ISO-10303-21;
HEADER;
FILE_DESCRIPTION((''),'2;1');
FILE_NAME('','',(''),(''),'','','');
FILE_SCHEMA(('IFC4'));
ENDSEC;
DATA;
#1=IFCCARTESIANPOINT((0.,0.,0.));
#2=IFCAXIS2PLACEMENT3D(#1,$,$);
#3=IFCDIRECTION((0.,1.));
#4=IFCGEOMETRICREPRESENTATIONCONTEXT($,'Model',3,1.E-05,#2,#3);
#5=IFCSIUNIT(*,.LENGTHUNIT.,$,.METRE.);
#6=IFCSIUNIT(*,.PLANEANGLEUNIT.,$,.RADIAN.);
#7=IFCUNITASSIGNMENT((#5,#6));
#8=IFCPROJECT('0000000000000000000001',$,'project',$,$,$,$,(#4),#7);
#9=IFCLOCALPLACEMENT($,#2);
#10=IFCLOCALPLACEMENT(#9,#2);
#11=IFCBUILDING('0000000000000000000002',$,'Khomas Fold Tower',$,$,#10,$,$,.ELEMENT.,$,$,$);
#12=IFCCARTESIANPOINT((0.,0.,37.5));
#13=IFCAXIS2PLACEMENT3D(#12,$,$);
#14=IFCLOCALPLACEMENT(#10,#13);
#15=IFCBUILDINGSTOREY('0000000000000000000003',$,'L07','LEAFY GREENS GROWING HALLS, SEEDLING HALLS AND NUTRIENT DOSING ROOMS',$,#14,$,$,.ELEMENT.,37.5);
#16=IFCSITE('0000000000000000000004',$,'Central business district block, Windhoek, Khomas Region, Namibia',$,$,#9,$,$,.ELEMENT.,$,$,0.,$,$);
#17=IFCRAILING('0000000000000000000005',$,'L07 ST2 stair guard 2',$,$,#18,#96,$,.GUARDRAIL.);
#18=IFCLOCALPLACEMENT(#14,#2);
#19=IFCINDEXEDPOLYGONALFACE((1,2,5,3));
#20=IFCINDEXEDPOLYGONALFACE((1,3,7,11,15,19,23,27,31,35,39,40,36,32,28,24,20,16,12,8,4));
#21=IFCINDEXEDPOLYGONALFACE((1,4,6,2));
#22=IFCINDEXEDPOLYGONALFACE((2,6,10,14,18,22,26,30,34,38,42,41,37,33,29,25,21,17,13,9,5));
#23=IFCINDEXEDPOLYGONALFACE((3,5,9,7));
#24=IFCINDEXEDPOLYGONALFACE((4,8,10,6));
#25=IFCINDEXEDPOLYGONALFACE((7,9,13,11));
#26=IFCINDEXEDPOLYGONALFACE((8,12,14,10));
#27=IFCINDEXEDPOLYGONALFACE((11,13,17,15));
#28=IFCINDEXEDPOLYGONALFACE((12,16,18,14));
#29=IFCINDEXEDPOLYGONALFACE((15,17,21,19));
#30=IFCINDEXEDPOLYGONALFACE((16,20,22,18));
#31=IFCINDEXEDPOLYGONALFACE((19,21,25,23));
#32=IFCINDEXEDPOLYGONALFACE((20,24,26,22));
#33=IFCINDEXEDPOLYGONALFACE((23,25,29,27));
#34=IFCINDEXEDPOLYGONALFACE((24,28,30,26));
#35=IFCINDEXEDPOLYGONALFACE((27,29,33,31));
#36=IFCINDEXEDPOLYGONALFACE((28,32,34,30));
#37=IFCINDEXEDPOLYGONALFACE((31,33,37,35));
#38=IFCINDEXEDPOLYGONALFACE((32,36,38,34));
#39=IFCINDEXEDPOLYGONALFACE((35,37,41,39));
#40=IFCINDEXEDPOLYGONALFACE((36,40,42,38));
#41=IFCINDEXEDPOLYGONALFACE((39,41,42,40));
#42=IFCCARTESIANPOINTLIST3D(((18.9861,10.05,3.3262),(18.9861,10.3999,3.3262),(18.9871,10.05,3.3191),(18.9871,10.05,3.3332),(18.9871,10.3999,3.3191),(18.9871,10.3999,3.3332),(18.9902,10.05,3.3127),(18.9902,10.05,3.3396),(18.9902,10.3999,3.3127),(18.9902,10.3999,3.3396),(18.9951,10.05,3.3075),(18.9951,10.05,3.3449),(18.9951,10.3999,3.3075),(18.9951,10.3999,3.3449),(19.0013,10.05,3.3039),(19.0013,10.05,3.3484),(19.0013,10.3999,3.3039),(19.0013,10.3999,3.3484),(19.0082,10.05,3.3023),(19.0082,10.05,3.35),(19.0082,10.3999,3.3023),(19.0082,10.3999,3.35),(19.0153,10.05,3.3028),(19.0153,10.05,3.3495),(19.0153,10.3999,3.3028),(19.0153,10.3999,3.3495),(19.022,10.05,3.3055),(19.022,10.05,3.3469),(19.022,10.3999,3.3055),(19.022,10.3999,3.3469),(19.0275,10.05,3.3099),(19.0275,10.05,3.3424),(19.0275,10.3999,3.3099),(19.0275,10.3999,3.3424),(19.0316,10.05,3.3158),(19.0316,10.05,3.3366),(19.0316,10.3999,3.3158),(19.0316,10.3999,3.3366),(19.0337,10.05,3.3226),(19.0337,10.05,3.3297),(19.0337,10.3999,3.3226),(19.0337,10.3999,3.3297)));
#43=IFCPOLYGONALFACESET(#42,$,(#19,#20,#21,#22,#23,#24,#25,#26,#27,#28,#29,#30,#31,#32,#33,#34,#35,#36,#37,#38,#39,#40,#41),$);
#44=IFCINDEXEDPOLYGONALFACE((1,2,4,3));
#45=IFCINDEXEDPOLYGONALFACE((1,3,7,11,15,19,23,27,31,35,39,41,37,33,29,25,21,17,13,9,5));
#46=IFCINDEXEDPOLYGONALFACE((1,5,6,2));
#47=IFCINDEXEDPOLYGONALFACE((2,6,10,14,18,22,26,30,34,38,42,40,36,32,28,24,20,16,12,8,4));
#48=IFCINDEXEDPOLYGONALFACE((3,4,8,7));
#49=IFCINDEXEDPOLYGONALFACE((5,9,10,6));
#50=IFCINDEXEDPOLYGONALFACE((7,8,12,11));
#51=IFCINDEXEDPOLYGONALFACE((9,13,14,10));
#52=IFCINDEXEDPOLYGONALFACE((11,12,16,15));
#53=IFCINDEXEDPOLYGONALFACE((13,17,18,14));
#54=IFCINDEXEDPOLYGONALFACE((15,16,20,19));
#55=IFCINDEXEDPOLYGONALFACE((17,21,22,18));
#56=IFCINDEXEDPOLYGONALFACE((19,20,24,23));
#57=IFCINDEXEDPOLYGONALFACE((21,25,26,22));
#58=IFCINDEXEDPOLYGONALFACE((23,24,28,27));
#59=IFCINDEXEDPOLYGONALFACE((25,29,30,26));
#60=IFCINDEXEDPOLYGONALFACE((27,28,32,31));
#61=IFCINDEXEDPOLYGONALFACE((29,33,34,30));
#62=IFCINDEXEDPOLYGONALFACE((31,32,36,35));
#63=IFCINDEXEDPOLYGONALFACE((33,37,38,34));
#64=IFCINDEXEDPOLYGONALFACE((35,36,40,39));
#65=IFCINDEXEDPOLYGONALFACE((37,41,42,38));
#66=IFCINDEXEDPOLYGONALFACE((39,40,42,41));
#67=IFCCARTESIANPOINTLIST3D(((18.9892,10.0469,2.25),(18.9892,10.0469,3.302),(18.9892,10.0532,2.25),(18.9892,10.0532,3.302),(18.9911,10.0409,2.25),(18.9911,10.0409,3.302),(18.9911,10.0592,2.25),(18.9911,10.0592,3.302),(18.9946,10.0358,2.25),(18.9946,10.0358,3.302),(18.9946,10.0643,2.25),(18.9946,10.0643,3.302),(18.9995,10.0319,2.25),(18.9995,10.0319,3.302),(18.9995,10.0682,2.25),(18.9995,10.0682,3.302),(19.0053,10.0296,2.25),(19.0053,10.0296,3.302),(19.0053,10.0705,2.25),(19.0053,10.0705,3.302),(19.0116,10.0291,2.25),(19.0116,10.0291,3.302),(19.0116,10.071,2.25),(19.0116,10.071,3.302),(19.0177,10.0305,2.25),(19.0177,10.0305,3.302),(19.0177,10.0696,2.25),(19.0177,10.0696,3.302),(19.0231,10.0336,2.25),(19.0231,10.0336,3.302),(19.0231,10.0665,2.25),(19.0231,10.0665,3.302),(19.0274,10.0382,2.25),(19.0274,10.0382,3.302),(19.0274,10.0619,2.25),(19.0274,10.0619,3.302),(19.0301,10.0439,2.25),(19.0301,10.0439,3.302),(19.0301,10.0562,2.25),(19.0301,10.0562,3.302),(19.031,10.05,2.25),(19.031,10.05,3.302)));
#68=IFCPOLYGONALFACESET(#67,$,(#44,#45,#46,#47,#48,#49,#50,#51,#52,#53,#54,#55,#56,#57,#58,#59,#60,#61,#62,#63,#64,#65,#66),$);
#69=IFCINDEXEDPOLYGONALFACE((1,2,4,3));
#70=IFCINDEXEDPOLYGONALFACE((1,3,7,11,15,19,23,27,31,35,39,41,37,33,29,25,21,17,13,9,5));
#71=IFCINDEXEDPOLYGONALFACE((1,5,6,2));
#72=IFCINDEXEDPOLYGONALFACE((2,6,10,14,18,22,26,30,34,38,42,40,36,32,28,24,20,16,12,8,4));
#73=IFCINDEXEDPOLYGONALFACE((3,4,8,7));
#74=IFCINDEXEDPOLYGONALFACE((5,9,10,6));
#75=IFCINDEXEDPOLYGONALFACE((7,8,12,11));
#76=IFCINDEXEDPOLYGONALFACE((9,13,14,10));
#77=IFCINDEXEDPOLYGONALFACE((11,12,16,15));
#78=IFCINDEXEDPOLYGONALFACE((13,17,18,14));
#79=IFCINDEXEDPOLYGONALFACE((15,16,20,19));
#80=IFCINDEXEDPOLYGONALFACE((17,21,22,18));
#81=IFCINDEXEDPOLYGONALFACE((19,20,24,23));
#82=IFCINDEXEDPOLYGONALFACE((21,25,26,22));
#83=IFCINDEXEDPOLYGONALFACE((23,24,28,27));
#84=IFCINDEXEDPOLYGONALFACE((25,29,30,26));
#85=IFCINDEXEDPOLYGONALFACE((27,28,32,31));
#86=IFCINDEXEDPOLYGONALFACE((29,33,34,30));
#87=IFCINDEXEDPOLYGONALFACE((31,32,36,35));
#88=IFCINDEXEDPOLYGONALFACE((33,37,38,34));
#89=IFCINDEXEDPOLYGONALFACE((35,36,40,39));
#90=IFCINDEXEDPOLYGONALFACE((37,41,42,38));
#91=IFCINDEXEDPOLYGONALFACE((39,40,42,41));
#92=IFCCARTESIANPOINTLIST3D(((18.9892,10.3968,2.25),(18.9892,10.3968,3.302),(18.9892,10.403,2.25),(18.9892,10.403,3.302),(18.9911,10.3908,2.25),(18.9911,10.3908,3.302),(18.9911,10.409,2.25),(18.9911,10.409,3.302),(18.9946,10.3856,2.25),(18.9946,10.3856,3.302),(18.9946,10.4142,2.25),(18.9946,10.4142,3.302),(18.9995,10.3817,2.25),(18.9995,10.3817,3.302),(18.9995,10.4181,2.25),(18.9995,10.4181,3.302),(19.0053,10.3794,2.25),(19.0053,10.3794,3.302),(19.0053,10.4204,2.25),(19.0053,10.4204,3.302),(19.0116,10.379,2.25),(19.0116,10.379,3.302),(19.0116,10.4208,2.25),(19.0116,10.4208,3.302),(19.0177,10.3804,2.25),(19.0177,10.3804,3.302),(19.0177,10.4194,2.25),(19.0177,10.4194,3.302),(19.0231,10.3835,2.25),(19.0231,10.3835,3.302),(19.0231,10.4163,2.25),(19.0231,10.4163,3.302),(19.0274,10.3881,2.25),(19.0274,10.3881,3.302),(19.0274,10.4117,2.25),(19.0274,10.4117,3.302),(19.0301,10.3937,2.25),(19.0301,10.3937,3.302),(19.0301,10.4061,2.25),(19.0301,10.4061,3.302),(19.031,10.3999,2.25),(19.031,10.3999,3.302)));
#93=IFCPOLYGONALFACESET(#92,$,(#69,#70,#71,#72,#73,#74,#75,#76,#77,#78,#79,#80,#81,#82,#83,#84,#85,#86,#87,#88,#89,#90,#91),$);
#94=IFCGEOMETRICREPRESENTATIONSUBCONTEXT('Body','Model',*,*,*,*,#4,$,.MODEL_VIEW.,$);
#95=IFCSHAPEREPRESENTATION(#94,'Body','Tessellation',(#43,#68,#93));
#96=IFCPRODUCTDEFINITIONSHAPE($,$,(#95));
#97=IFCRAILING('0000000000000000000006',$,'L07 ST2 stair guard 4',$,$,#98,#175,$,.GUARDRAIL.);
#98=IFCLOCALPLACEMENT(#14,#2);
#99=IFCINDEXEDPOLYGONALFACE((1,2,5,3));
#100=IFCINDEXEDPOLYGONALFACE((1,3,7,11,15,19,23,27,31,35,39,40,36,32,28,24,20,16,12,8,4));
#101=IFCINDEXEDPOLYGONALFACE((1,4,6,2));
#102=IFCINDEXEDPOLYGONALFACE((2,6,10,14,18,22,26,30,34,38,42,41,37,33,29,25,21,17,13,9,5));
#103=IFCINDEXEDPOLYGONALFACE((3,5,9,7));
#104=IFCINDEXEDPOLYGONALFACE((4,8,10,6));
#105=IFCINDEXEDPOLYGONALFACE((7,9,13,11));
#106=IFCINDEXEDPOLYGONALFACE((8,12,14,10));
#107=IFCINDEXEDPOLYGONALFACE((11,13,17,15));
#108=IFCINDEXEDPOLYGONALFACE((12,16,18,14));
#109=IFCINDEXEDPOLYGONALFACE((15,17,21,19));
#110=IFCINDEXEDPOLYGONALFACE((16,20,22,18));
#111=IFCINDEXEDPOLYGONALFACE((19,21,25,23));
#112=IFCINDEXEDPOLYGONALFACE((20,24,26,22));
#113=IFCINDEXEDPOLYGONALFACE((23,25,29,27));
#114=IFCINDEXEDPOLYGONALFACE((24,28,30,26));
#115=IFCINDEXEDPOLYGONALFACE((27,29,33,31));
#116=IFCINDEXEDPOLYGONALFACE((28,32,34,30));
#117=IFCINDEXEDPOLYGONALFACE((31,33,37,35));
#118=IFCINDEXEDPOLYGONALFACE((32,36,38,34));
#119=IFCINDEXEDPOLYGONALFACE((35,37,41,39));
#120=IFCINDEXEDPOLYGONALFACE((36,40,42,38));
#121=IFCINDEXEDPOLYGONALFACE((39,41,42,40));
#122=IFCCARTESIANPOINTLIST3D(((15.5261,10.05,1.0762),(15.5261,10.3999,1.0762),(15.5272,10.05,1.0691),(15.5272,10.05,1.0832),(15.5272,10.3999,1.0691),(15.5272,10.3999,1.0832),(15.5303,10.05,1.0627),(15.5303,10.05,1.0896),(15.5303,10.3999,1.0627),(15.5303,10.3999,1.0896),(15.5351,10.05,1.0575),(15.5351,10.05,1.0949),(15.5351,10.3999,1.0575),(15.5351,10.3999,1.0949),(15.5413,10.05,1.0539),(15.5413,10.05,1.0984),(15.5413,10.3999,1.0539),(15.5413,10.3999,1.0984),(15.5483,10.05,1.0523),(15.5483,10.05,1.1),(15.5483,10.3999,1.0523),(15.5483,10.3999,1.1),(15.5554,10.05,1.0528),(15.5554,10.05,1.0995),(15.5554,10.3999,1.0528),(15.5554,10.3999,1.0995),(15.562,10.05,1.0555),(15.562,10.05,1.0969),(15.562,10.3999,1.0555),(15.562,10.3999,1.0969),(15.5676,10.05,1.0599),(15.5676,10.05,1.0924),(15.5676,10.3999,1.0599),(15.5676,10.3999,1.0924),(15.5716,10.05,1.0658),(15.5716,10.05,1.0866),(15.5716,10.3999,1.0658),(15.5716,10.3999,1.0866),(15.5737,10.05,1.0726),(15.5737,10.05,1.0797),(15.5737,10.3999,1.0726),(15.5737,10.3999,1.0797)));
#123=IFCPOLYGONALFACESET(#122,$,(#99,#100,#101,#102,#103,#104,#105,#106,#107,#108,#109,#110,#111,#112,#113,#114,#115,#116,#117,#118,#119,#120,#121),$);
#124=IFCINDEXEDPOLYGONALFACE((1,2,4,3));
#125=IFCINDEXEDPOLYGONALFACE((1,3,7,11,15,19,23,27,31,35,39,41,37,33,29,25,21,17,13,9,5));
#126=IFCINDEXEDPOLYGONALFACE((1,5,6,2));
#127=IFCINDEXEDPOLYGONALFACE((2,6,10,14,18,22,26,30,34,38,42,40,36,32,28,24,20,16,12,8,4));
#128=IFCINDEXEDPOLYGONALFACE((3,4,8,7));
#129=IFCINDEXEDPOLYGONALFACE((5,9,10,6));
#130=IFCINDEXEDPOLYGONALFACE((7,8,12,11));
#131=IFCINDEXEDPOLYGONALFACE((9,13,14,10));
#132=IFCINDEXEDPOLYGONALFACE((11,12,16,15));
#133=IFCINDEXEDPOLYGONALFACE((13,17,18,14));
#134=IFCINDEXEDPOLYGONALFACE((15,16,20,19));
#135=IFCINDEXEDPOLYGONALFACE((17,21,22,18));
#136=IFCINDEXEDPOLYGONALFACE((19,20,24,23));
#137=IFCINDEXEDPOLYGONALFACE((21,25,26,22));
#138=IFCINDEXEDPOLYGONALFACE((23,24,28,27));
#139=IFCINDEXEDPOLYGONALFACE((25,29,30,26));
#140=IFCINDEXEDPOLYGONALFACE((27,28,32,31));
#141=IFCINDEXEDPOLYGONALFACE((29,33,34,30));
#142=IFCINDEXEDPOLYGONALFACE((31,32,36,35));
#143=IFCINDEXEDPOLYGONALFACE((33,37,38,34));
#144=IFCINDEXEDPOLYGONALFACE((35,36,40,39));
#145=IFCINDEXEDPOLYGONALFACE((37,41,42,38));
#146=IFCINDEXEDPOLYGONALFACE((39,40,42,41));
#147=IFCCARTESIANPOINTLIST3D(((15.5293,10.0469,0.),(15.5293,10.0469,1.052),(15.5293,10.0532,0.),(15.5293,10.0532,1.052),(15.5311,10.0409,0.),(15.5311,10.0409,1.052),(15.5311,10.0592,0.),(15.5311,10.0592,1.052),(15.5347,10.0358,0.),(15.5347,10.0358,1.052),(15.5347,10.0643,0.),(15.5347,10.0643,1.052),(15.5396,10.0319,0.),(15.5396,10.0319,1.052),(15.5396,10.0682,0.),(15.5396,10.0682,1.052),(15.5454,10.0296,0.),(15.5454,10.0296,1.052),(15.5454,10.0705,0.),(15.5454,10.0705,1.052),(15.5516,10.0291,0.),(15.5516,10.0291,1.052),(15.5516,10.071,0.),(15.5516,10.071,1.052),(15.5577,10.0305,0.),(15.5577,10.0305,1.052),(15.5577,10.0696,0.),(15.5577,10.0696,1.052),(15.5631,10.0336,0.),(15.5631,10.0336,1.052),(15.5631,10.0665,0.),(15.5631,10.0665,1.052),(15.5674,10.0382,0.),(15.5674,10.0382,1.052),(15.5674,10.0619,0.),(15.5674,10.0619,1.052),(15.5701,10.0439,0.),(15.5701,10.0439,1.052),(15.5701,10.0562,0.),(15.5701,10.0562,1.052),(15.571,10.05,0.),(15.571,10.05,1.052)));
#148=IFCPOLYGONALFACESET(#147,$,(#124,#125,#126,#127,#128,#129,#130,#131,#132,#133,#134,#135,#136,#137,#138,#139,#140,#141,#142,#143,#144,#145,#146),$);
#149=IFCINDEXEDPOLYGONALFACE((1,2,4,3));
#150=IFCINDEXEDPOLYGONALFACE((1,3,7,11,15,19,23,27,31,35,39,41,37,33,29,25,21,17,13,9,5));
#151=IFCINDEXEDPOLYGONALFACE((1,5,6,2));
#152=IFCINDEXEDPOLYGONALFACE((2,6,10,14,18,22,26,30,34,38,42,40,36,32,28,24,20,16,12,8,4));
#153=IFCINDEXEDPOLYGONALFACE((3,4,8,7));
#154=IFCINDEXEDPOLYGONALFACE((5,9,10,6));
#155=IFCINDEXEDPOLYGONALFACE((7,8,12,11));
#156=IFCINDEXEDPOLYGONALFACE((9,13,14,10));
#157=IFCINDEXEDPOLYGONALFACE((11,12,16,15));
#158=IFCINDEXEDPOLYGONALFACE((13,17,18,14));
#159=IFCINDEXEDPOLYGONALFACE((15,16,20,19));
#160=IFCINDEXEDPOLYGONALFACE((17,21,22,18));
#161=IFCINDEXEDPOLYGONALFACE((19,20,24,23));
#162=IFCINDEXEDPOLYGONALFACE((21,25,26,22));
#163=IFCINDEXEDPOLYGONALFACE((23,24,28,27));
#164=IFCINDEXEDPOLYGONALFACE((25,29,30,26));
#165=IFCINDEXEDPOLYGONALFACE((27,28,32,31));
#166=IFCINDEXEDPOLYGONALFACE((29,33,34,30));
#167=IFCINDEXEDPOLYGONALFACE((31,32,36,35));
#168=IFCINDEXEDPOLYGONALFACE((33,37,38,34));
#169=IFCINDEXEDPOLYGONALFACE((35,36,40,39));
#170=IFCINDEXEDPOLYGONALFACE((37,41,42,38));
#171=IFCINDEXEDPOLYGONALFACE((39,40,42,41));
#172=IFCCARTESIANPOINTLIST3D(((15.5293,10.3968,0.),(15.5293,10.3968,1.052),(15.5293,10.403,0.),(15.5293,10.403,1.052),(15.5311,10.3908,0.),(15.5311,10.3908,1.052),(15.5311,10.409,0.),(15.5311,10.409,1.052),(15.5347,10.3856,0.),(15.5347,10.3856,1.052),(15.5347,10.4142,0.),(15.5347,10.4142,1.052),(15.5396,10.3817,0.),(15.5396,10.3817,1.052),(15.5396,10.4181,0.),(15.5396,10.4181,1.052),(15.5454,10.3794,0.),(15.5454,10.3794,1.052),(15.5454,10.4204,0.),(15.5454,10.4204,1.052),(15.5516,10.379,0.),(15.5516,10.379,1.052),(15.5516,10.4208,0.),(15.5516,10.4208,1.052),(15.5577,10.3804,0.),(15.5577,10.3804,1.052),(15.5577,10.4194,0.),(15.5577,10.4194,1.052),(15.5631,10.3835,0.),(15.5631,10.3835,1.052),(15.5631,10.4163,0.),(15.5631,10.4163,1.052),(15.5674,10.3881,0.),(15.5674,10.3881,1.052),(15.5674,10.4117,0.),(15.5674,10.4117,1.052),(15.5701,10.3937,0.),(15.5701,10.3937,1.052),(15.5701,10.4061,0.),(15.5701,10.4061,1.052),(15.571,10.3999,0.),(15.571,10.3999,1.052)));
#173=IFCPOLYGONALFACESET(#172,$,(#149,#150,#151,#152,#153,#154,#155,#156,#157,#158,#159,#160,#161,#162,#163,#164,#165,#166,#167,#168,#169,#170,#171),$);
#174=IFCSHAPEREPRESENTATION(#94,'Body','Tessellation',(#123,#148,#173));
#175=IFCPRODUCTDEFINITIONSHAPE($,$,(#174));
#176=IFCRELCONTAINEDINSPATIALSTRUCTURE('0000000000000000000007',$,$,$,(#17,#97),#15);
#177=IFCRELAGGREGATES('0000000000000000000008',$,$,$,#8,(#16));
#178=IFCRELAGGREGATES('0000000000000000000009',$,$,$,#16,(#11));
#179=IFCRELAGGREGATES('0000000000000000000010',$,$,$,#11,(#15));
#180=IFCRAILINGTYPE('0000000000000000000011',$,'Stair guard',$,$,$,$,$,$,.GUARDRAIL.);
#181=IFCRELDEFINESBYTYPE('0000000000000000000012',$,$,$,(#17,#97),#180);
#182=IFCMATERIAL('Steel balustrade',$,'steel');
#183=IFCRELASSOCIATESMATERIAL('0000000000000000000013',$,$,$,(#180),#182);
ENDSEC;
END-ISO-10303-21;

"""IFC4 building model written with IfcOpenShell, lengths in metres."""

from ifc_helpers import new_model, si_unit, direction, frame, origin, origin_2d, place, context, subcontext, project, spatial, circle, extrude, source, transform, mapped, material, type_object, element, save


model = new_model("IFC4")

# Units and contexts
model_context = context("Model", 3, precision=1e-05, world=origin(), true_north=direction((0.0, 1.0)))
body_context = subcontext(model_context, "Body", "Model", "MODEL_VIEW")
ifc_project = project(units=[si_unit("LENGTHUNIT", "METRE"), si_unit("PLANEANGLEUNIT", "RADIAN")], contexts=[model_context])

# Site, building, storey
site_placement = place(None, origin())
site = spatial("IfcSite", under=ifc_project, at=site_placement, Name="Central business district block, Windhoek, Khomas Region, Namibia", CompositionType="ELEMENT", RefElevation=0.0)
building_placement = place(site_placement, origin())
building = spatial("IfcBuilding", under=site, at=building_placement, Name="Khomas Fold Tower", CompositionType="ELEMENT")
storey_placement = place(building_placement, frame((0.0, 0.0, 37.5)))
storey = spatial("IfcBuildingStorey", under=building, at=storey_placement, Name="L07", Description="LEAFY GREENS GROWING HALLS, SEEDLING HALLS AND NUTRIENT DOSING ROOMS", CompositionType="ELEMENT", Elevation=37.5)

# Railings
ifc_material_1 = material(Name="Steel balustrade", Category="steel")
railing_type_1 = type_object("IfcRailingType", Name="Stair guard", PredefinedType="GUARDRAIL", material=ifc_material_1)
shared_shape_1 = source(origin(), body_context, "Body", "SweptSolid", [
    extrude(circle(Radius=0.0239, at=origin_2d()), frame((0.0, 0.0, 1.0762), z_axis=(0.0, 1.0, 0.0), x_axis=(-1.0, 0.0, 0.0)), (0.0, 0.0, 1.0), 0.3499),
    extrude(circle(Radius=0.021, at=origin_2d()), origin(), (0.0, 0.0, 1.0), 1.052),
    extrude(circle(Radius=0.021, at=origin_2d()), frame((0.0, 0.3499, 0.0)), (0.0, 0.0, 1.0), 1.052),
])
for number, where, name in (
    (1, (19.01, 10.05, 2.25), "L07 ST2 stair guard 2"),
    (2, (15.55, 10.05, 0.0), "L07 ST2 stair guard 4"),
):
    element("IfcRailing", number, at=place(storey_placement, frame(where)), inside=storey, type_object=railing_type_1, Name=name, PredefinedType="GUARDRAIL", context=body_context, shape_type="MappedRepresentation", body=[
        mapped(shared_shape_1, transform((0.0, 0.0, 0.0))),
    ])

save(model, "model.ifc")
